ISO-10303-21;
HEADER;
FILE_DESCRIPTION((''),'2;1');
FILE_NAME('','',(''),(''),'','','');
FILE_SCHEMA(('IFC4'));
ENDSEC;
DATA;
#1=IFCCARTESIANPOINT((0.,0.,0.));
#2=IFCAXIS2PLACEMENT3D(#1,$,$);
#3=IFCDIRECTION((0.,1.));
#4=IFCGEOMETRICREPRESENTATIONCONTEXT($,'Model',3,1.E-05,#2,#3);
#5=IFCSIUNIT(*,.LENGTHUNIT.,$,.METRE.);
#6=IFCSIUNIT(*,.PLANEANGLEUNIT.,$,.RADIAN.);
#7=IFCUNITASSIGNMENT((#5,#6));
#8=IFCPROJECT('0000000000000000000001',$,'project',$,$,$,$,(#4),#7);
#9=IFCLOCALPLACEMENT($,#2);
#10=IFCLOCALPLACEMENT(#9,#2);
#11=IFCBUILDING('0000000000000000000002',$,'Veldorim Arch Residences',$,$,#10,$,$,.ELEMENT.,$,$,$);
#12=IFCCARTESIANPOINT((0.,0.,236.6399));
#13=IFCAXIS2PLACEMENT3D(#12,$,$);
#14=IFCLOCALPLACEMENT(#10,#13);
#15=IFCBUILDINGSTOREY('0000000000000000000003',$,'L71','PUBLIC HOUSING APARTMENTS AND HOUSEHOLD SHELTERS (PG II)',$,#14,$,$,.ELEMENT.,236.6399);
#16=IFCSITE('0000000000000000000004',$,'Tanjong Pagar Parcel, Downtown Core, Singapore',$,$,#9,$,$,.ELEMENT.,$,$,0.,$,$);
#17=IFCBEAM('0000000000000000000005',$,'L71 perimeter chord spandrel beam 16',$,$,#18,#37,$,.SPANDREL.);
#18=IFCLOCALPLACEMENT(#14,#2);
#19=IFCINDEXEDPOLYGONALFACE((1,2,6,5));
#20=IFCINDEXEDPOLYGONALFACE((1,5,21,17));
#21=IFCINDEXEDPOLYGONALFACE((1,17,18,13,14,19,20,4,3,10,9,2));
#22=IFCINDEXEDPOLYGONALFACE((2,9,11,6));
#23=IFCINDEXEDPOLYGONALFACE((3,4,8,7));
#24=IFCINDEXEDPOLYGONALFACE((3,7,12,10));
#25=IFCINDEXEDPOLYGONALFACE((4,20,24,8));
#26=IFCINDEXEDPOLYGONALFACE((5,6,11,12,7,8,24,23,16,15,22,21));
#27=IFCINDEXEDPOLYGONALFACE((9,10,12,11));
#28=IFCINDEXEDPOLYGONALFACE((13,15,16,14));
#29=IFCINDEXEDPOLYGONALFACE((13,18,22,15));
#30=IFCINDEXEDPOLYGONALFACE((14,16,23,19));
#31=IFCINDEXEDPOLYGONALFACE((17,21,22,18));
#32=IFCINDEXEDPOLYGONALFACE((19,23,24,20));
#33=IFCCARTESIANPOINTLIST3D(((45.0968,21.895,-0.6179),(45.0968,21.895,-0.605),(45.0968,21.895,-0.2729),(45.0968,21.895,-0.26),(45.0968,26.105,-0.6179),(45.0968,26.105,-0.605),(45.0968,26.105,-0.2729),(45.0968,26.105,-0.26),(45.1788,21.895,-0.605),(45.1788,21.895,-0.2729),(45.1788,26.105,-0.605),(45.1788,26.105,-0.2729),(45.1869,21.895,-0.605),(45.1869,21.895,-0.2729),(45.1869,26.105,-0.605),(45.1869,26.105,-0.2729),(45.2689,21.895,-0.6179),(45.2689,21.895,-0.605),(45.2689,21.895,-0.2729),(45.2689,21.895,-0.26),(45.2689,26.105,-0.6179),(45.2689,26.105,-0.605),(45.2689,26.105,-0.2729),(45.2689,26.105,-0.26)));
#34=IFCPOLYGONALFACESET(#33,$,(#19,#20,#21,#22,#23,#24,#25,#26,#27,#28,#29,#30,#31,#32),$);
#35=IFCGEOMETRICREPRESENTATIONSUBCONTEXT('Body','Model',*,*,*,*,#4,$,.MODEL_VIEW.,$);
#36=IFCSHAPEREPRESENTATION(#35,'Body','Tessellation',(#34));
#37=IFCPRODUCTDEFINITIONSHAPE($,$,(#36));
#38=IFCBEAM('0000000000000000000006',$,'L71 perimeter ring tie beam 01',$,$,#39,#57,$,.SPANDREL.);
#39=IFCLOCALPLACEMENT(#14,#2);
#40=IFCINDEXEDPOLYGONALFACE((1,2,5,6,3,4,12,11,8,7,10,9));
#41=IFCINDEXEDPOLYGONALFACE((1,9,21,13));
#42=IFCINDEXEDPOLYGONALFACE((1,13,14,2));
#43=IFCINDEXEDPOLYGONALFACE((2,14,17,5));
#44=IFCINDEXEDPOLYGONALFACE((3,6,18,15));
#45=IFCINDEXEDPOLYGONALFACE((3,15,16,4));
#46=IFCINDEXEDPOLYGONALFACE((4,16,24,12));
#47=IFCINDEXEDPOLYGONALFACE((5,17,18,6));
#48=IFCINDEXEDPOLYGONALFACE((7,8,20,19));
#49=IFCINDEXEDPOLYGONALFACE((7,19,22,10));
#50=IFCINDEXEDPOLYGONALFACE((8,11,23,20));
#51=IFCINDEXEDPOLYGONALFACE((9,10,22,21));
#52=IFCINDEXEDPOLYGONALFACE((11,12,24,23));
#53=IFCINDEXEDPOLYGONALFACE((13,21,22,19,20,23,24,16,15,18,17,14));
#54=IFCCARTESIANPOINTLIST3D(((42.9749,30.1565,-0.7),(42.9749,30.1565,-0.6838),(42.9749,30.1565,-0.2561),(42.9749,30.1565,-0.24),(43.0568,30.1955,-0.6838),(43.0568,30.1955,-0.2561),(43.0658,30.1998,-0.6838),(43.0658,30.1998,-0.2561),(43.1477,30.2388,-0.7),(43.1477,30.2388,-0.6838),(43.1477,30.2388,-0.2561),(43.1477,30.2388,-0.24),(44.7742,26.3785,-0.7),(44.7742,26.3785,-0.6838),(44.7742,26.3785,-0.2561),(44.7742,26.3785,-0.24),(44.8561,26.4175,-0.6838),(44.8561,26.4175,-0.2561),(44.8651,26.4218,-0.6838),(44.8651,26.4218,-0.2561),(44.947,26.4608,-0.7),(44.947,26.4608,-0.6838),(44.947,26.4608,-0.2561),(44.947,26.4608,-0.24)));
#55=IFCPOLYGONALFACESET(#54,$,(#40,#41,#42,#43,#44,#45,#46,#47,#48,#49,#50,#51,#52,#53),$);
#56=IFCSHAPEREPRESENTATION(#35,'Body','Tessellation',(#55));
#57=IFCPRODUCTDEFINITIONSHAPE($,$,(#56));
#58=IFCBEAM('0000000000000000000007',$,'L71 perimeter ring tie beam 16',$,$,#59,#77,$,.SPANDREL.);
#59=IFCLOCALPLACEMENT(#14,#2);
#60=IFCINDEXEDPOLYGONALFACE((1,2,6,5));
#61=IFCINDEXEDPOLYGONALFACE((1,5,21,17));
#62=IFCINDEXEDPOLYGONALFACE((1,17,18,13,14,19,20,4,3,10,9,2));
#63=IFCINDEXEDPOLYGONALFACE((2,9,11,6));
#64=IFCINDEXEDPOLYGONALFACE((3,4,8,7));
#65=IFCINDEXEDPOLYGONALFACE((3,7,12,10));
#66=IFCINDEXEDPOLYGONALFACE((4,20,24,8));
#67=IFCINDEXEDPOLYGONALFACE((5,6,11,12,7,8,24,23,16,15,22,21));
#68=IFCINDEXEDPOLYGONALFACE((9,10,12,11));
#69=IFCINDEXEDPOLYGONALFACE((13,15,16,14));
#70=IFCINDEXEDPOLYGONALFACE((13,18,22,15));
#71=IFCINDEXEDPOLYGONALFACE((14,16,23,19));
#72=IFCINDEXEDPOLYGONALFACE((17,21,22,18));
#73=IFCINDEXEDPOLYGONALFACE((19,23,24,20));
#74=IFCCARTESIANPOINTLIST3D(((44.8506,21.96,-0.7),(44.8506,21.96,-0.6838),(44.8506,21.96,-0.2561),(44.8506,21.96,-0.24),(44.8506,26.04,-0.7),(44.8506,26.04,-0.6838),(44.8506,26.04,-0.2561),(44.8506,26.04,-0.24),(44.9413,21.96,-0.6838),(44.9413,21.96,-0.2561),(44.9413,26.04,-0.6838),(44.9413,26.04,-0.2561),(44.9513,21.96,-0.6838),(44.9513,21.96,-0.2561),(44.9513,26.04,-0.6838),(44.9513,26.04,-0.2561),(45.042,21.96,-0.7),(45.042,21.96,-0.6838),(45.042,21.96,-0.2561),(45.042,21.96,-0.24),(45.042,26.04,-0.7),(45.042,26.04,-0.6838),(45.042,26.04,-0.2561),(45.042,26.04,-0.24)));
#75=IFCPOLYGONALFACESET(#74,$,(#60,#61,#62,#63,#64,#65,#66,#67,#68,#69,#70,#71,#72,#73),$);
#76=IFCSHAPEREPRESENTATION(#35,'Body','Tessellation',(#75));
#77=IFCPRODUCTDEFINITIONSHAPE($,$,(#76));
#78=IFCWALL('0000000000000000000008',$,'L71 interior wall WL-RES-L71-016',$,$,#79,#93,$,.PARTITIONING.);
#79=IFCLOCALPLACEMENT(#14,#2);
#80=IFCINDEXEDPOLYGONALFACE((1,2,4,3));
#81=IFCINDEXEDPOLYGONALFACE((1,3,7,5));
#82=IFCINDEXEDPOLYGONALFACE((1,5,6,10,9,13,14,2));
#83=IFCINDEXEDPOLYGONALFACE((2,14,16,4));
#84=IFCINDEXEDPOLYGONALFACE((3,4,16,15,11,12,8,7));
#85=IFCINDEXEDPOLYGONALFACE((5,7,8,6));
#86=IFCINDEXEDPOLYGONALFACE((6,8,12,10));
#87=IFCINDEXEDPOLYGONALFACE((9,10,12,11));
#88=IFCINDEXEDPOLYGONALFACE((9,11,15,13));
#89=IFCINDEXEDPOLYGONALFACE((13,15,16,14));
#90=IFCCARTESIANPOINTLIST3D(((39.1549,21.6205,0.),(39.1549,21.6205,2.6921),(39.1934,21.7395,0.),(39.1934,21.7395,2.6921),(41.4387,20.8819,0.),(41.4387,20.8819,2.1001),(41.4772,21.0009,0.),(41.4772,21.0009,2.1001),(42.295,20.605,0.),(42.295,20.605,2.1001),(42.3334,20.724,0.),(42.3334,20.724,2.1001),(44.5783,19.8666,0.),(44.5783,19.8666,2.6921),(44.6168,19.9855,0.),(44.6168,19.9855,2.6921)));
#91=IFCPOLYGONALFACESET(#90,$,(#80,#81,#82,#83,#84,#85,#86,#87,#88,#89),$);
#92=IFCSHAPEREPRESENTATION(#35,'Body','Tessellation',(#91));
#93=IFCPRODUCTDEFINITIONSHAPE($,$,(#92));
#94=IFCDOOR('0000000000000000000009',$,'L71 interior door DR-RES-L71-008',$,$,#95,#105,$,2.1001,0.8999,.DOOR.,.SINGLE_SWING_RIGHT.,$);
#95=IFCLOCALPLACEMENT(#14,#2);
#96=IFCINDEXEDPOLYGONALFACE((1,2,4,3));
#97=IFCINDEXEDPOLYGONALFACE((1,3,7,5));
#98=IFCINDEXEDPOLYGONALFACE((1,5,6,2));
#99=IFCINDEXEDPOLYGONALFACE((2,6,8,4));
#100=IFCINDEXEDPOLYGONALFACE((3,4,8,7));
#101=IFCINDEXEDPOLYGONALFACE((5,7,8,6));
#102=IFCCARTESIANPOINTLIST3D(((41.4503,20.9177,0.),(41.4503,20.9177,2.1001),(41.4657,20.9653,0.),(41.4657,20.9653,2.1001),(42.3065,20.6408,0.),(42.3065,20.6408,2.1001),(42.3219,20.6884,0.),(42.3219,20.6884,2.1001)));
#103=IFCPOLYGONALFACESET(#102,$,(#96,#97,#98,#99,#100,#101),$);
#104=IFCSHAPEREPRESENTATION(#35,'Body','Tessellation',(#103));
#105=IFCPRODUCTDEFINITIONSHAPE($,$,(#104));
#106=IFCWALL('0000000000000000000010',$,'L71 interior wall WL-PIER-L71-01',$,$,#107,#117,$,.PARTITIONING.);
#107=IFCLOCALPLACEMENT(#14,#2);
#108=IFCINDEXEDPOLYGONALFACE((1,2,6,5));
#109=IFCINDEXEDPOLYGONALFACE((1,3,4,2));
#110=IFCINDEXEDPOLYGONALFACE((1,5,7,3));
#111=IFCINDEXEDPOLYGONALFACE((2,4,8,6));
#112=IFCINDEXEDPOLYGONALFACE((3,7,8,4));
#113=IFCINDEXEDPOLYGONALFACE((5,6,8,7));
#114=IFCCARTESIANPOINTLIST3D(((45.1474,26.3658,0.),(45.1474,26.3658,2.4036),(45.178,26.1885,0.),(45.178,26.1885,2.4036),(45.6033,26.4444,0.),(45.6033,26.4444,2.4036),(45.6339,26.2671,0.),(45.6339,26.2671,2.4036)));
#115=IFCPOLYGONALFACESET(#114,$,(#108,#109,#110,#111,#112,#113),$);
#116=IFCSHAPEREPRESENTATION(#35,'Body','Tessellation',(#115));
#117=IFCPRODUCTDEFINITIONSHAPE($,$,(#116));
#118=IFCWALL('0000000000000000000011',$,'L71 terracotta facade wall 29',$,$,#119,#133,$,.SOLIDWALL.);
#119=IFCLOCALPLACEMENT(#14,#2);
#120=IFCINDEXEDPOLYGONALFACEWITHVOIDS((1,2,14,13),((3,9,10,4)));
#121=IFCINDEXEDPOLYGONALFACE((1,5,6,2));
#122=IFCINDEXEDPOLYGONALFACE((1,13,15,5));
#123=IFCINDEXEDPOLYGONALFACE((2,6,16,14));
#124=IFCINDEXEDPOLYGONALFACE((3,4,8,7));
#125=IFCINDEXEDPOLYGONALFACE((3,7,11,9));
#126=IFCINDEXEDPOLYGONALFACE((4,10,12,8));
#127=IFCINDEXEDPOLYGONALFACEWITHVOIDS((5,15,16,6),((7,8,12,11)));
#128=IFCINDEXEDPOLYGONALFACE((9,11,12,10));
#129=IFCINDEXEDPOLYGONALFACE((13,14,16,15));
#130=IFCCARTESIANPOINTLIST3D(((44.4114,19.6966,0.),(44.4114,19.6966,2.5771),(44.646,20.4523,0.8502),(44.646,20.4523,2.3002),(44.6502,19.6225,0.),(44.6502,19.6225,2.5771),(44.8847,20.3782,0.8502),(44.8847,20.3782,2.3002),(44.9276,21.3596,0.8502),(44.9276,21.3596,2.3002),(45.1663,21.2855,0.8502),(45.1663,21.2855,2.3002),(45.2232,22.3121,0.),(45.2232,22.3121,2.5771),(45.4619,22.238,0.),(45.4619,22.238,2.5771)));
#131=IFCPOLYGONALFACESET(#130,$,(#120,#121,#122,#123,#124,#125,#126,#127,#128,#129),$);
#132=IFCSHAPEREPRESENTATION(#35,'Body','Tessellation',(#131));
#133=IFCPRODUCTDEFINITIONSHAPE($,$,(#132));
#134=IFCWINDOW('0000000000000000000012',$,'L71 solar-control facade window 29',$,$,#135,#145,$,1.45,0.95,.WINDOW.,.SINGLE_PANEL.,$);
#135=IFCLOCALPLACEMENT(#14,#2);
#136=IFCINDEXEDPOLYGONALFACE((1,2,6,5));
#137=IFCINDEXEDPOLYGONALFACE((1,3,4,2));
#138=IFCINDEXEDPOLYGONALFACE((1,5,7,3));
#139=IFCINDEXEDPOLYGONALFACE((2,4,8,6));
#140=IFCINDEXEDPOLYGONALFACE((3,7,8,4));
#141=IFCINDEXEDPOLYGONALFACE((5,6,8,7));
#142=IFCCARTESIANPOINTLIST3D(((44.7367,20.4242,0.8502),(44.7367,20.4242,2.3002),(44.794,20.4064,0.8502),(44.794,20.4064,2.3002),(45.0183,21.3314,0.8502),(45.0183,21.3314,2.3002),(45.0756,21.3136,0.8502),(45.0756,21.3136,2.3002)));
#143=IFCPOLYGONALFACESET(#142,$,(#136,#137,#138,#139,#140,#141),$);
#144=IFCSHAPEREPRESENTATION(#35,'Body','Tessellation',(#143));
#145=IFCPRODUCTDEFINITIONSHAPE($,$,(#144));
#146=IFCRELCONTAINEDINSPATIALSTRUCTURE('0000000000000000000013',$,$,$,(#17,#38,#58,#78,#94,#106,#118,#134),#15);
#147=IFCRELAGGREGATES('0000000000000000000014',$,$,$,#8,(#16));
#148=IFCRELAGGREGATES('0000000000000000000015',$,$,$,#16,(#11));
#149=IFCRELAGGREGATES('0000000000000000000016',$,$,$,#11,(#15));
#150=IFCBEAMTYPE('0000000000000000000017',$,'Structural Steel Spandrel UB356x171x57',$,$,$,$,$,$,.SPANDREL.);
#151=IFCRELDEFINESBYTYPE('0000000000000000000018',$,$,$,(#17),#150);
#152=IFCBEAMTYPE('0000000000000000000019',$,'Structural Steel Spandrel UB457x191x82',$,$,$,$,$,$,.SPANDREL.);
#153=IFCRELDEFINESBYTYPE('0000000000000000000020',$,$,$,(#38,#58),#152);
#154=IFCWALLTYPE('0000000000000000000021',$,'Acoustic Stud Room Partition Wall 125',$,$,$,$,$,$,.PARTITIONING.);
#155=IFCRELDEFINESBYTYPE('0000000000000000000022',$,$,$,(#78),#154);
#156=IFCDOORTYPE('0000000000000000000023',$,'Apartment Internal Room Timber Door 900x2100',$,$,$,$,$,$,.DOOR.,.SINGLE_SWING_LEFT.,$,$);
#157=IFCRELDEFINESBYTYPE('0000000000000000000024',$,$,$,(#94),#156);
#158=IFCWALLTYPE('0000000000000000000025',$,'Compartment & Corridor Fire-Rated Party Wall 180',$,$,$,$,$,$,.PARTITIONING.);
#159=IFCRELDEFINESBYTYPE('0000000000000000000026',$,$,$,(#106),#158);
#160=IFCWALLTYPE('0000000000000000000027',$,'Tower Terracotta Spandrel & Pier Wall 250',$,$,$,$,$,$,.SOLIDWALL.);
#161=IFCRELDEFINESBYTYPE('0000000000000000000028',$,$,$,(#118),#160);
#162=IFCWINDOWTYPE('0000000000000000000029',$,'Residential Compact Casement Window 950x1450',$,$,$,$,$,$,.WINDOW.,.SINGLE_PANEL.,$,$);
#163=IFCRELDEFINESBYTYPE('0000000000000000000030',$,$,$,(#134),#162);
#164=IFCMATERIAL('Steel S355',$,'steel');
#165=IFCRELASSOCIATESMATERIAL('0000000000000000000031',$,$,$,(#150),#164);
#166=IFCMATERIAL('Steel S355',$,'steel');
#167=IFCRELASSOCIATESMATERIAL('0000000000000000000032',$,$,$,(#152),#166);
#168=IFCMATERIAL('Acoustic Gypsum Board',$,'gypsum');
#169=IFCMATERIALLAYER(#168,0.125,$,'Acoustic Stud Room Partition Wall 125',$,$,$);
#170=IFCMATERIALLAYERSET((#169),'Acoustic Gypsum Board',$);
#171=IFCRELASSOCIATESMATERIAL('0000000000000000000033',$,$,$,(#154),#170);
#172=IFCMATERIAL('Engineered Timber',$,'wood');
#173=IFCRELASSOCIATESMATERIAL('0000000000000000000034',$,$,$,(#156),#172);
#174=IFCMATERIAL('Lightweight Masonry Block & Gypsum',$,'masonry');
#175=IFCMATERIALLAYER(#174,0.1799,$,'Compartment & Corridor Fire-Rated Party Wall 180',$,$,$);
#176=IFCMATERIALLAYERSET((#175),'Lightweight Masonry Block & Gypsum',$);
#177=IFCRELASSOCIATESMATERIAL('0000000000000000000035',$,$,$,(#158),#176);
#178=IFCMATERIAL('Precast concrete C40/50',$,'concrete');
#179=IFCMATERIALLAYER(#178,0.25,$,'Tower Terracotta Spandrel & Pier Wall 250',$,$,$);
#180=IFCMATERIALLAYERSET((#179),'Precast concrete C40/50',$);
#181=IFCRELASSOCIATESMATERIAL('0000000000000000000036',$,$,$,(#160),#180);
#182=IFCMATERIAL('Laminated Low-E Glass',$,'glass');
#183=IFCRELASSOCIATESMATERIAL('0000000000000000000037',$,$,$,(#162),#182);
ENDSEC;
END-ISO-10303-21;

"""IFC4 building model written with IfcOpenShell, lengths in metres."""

from ifc_helpers import new_model, si_unit, direction, frame, frame_2d, origin, origin_2d, place, context, subcontext, project, spatial, rectangle, i_section, extrude, material, layer, layer_set, material_profile, profile_set, type_object, element, fill, save


model = new_model("IFC4")

# Units and contexts
model_context = context("Model", 3, precision=1e-05, world=origin(), true_north=direction((0.0, 1.0)))
body_context = subcontext(model_context, "Body", "Model", "MODEL_VIEW")
ifc_project = project(units=[si_unit("LENGTHUNIT", "METRE"), si_unit("PLANEANGLEUNIT", "RADIAN")], contexts=[model_context])

# Site, building, storey
site_placement = place(None, origin())
site = spatial("IfcSite", under=ifc_project, at=site_placement, Name="Tanjong Pagar Parcel, Downtown Core, Singapore", CompositionType="ELEMENT", RefElevation=0.0)
building_placement = place(site_placement, origin())
building = spatial("IfcBuilding", under=site, at=building_placement, Name="Veldorim Arch Residences", CompositionType="ELEMENT")
storey_placement = place(building_placement, frame((0.0, 0.0, 236.6399)))
storey = spatial("IfcBuildingStorey", under=building, at=storey_placement, Name="L71", Description="PUBLIC HOUSING APARTMENTS AND HOUSEHOLD SHELTERS (PG II)", CompositionType="ELEMENT", Elevation=236.6399)

# Beams
ifc_material_1 = material(Name="Steel S355", Category="steel")
ifc_material_profile_1 = material_profile(ifc_material_1, i_section(OverallWidth=0.1721, OverallDepth=0.3579, WebThickness=0.0081, FlangeThickness=0.0129, at=origin_2d()), Name="UB356x171x57")
ifc_profile_set_1 = profile_set([ifc_material_profile_1], Name="Steel S355")
beam_type_1 = type_object("IfcBeamType", Name="Structural Steel Spandrel UB356x171x57", PredefinedType="SPANDREL", material=ifc_profile_set_1)
beam_1_placement = place(storey_placement, frame((45.1829, 21.895, -0.439), z_axis=(0.0, 1.0, 0.0), x_axis=(-1.0, 0.0, 0.0)))
element("IfcBeam", 1, at=beam_1_placement, inside=storey, type_object=beam_type_1, Name="L71 perimeter chord spandrel beam 16", PredefinedType="SPANDREL", context=body_context, shape_type="SweptSolid", body=[
    extrude(i_section(OverallWidth=0.1721, OverallDepth=0.3579, WebThickness=0.0081, FlangeThickness=0.0129, at=origin_2d()), origin(), (0.0, 0.0, 1.0), 4.21),
])
ifc_material_2 = material(Name="Steel S355", Category="steel")
ifc_material_profile_2 = material_profile(ifc_material_2, i_section(OverallWidth=0.1914, OverallDepth=0.46, WebThickness=0.01, FlangeThickness=0.0161, at=origin_2d()), Name="UB457x191x82")
ifc_profile_set_2 = profile_set([ifc_material_profile_2], Name="Steel S355")
beam_type_2 = type_object("IfcBeamType", Name="Structural Steel Spandrel UB457x191x82", PredefinedType="SPANDREL", material=ifc_profile_set_2)
beam_2_placement = place(storey_placement, frame((44.8606, 26.4197, -0.47), z_axis=(-0.429979, 0.902839, 0.0), x_axis=(-0.902839, -0.429979, 0.0)))
element("IfcBeam", 2, at=beam_2_placement, inside=storey, type_object=beam_type_2, Name="L71 perimeter ring tie beam 01", PredefinedType="SPANDREL", context=body_context, shape_type="SweptSolid", body=[
    extrude(i_section(OverallWidth=0.1914, OverallDepth=0.46, WebThickness=0.01, FlangeThickness=0.0161, at=origin_2d()), origin(), (0.0, 0.0, 1.0), 4.1846),
])
beam_3_placement = place(storey_placement, frame((44.9463, 21.96, -0.47), z_axis=(0.0, 1.0, 0.0), x_axis=(-1.0, 0.0, 0.0)))
element("IfcBeam", 3, at=beam_3_placement, inside=storey, type_object=beam_type_2, Name="L71 perimeter ring tie beam 16", PredefinedType="SPANDREL", context=body_context, shape_type="SweptSolid", body=[
    extrude(i_section(OverallWidth=0.1914, OverallDepth=0.46, WebThickness=0.01, FlangeThickness=0.0161, at=origin_2d()), origin(), (0.0, 0.0, 1.0), 4.0801),
])

# Wall, opening, door
ifc_material_3 = material(Name="Acoustic Gypsum Board", Category="gypsum")
ifc_layer_1 = layer(ifc_material_3, 0.125, Name="Acoustic Stud Room Partition Wall 125")
ifc_layer_set_1 = layer_set([ifc_layer_1], Name="Acoustic Gypsum Board")
wall_type_1 = type_object("IfcWallType", Name="Acoustic Stud Room Partition Wall 125", PredefinedType="PARTITIONING", material=ifc_layer_set_1)
wall_1_placement = place(storey_placement, frame((44.5977, 19.926, 0.0), z_axis=(0.0, 0.0, 1.0), x_axis=(-0.951481, 0.307709, 0.0)))
wall_1 = element("IfcWall", 4, at=wall_1_placement, inside=storey, type_object=wall_type_1, Name="L71 interior wall WL-RES-L71-016", PredefinedType="PARTITIONING", context=body_context, shape_type="SweptSolid", body=[
    extrude(rectangle(XDim=5.7, YDim=0.125, at=frame_2d((2.8501, 0.0))), origin(), (0.0, 0.0, 1.0), 2.6921),
])
opening_1_placement = place(wall_1_placement, frame((2.3999, 0.0, 0.0)))
opening_1 = element("IfcOpeningElement", 5, at=opening_1_placement, cuts=wall_1, PredefinedType="OPENING", context=body_context, shape_type="SweptSolid", body=[
    extrude(rectangle(XDim=0.8999, YDim=2.1001, at=frame_2d((0.45, 1.05))), frame((0.0, 0.0725, 0.0), z_axis=(0.0, -1.0, 0.0), x_axis=(1.0, 0.0, 0.0)), (0.0, 0.0, 1.0), 0.145),
])
ifc_material_4 = material(Name="Engineered Timber", Category="wood")
door_type_1 = type_object("IfcDoorType", Name="Apartment Internal Room Timber Door 900x2100", OperationType="SINGLE_SWING_LEFT", PredefinedType="DOOR", material=ifc_material_4)
door_1_placement = place(opening_1_placement, origin())
door_1 = element("IfcDoor", 6, at=door_1_placement, inside=storey, type_object=door_type_1, Name="L71 interior door DR-RES-L71-008", OperationType="SINGLE_SWING_RIGHT", OverallHeight=2.1001, OverallWidth=0.8999, PredefinedType="DOOR", context=body_context, shape_type="SweptSolid", body=[
    extrude(rectangle(XDim=0.8999, YDim=2.1001, at=frame_2d((0.45, 1.05))), frame((0.0, 0.0249, 0.0), z_axis=(0.0, -1.0, 0.0), x_axis=(1.0, 0.0, 0.0)), (0.0, 0.0, 1.0), 0.05),
])
fill(opening_1, door_1)

# Wall
ifc_material_5 = material(Name="Lightweight Masonry Block & Gypsum", Category="masonry")
ifc_layer_2 = layer(ifc_material_5, 0.1799, Name="Compartment & Corridor Fire-Rated Party Wall 180")
ifc_layer_set_2 = layer_set([ifc_layer_2], Name="Lightweight Masonry Block & Gypsum")
wall_type_2 = type_object("IfcWallType", Name="Compartment & Corridor Fire-Rated Party Wall 180", PredefinedType="PARTITIONING", material=ifc_layer_set_2)
wall_2_placement = place(storey_placement, frame((45.1626, 26.2771, 0.0), z_axis=(0.0, 0.0, 1.0), x_axis=(0.985451, 0.16996, 0.0)))
element("IfcWall", 7, at=wall_2_placement, inside=storey, type_object=wall_type_2, Name="L71 interior wall WL-PIER-L71-01", PredefinedType="PARTITIONING", context=body_context, shape_type="SweptSolid", body=[
    extrude(rectangle(XDim=0.4626, YDim=0.1799, at=frame_2d((0.2314, 0.0))), origin(), (0.0, 0.0, 1.0), 2.4036),
])

# Wall, opening, window
ifc_material_6 = material(Name="Precast concrete C40/50", Category="concrete")
ifc_layer_3 = layer(ifc_material_6, 0.25, Name="Tower Terracotta Spandrel & Pier Wall 250")
ifc_layer_set_3 = layer_set([ifc_layer_3], Name="Precast concrete C40/50")
wall_type_3 = type_object("IfcWallType", Name="Tower Terracotta Spandrel & Pier Wall 250", PredefinedType="SOLIDWALL", material=ifc_layer_set_3)
wall_3_placement = place(storey_placement, frame((45.3425, 22.2749, 0.0), z_axis=(0.0, 0.0, 1.0), x_axis=(-0.296422, -0.955057, 0.0)))
wall_3 = element("IfcWall", 8, at=wall_3_placement, inside=storey, type_object=wall_type_3, Name="L71 terracotta facade wall 29", PredefinedType="SOLIDWALL", context=body_context, shape_type="SweptSolid", body=[
    extrude(rectangle(XDim=2.7385, YDim=0.25, at=frame_2d((1.3691, 0.0))), origin(), (0.0, 0.0, 1.0), 2.5771),
])
opening_2_placement = place(wall_3_placement, frame((0.9971, 0.0, 0.8501)))
opening_2 = element("IfcOpeningElement", 9, at=opening_2_placement, cuts=wall_3, PredefinedType="OPENING", context=body_context, shape_type="SweptSolid", body=[
    extrude(rectangle(XDim=0.95, YDim=1.45, at=frame_2d((0.4751, 0.7251))), frame((0.0, 0.135, 0.0), z_axis=(0.0, -1.0, 0.0), x_axis=(1.0, 0.0, 0.0)), (0.0, 0.0, 1.0), 0.27),
])
ifc_material_7 = material(Name="Laminated Low-E Glass", Category="glass")
window_type_1 = type_object("IfcWindowType", Name="Residential Compact Casement Window 950x1450", PartitioningType="SINGLE_PANEL", PredefinedType="WINDOW", material=ifc_material_7)
window_1_placement = place(opening_2_placement, origin())
window_1 = element("IfcWindow", 10, at=window_1_placement, inside=storey, type_object=window_type_1, Name="L71 solar-control facade window 29", OverallHeight=1.45, OverallWidth=0.95, PartitioningType="SINGLE_PANEL", PredefinedType="WINDOW", context=body_context, shape_type="SweptSolid", body=[
    extrude(rectangle(XDim=0.95, YDim=1.45, at=frame_2d((0.4751, 0.7251))), frame((0.0, 0.03, 0.0), z_axis=(0.0, -1.0, 0.0), x_axis=(1.0, 0.0, 0.0)), (0.0, 0.0, 1.0), 0.0601),
])
fill(opening_2, window_1)

save(model, "model.ifc")
